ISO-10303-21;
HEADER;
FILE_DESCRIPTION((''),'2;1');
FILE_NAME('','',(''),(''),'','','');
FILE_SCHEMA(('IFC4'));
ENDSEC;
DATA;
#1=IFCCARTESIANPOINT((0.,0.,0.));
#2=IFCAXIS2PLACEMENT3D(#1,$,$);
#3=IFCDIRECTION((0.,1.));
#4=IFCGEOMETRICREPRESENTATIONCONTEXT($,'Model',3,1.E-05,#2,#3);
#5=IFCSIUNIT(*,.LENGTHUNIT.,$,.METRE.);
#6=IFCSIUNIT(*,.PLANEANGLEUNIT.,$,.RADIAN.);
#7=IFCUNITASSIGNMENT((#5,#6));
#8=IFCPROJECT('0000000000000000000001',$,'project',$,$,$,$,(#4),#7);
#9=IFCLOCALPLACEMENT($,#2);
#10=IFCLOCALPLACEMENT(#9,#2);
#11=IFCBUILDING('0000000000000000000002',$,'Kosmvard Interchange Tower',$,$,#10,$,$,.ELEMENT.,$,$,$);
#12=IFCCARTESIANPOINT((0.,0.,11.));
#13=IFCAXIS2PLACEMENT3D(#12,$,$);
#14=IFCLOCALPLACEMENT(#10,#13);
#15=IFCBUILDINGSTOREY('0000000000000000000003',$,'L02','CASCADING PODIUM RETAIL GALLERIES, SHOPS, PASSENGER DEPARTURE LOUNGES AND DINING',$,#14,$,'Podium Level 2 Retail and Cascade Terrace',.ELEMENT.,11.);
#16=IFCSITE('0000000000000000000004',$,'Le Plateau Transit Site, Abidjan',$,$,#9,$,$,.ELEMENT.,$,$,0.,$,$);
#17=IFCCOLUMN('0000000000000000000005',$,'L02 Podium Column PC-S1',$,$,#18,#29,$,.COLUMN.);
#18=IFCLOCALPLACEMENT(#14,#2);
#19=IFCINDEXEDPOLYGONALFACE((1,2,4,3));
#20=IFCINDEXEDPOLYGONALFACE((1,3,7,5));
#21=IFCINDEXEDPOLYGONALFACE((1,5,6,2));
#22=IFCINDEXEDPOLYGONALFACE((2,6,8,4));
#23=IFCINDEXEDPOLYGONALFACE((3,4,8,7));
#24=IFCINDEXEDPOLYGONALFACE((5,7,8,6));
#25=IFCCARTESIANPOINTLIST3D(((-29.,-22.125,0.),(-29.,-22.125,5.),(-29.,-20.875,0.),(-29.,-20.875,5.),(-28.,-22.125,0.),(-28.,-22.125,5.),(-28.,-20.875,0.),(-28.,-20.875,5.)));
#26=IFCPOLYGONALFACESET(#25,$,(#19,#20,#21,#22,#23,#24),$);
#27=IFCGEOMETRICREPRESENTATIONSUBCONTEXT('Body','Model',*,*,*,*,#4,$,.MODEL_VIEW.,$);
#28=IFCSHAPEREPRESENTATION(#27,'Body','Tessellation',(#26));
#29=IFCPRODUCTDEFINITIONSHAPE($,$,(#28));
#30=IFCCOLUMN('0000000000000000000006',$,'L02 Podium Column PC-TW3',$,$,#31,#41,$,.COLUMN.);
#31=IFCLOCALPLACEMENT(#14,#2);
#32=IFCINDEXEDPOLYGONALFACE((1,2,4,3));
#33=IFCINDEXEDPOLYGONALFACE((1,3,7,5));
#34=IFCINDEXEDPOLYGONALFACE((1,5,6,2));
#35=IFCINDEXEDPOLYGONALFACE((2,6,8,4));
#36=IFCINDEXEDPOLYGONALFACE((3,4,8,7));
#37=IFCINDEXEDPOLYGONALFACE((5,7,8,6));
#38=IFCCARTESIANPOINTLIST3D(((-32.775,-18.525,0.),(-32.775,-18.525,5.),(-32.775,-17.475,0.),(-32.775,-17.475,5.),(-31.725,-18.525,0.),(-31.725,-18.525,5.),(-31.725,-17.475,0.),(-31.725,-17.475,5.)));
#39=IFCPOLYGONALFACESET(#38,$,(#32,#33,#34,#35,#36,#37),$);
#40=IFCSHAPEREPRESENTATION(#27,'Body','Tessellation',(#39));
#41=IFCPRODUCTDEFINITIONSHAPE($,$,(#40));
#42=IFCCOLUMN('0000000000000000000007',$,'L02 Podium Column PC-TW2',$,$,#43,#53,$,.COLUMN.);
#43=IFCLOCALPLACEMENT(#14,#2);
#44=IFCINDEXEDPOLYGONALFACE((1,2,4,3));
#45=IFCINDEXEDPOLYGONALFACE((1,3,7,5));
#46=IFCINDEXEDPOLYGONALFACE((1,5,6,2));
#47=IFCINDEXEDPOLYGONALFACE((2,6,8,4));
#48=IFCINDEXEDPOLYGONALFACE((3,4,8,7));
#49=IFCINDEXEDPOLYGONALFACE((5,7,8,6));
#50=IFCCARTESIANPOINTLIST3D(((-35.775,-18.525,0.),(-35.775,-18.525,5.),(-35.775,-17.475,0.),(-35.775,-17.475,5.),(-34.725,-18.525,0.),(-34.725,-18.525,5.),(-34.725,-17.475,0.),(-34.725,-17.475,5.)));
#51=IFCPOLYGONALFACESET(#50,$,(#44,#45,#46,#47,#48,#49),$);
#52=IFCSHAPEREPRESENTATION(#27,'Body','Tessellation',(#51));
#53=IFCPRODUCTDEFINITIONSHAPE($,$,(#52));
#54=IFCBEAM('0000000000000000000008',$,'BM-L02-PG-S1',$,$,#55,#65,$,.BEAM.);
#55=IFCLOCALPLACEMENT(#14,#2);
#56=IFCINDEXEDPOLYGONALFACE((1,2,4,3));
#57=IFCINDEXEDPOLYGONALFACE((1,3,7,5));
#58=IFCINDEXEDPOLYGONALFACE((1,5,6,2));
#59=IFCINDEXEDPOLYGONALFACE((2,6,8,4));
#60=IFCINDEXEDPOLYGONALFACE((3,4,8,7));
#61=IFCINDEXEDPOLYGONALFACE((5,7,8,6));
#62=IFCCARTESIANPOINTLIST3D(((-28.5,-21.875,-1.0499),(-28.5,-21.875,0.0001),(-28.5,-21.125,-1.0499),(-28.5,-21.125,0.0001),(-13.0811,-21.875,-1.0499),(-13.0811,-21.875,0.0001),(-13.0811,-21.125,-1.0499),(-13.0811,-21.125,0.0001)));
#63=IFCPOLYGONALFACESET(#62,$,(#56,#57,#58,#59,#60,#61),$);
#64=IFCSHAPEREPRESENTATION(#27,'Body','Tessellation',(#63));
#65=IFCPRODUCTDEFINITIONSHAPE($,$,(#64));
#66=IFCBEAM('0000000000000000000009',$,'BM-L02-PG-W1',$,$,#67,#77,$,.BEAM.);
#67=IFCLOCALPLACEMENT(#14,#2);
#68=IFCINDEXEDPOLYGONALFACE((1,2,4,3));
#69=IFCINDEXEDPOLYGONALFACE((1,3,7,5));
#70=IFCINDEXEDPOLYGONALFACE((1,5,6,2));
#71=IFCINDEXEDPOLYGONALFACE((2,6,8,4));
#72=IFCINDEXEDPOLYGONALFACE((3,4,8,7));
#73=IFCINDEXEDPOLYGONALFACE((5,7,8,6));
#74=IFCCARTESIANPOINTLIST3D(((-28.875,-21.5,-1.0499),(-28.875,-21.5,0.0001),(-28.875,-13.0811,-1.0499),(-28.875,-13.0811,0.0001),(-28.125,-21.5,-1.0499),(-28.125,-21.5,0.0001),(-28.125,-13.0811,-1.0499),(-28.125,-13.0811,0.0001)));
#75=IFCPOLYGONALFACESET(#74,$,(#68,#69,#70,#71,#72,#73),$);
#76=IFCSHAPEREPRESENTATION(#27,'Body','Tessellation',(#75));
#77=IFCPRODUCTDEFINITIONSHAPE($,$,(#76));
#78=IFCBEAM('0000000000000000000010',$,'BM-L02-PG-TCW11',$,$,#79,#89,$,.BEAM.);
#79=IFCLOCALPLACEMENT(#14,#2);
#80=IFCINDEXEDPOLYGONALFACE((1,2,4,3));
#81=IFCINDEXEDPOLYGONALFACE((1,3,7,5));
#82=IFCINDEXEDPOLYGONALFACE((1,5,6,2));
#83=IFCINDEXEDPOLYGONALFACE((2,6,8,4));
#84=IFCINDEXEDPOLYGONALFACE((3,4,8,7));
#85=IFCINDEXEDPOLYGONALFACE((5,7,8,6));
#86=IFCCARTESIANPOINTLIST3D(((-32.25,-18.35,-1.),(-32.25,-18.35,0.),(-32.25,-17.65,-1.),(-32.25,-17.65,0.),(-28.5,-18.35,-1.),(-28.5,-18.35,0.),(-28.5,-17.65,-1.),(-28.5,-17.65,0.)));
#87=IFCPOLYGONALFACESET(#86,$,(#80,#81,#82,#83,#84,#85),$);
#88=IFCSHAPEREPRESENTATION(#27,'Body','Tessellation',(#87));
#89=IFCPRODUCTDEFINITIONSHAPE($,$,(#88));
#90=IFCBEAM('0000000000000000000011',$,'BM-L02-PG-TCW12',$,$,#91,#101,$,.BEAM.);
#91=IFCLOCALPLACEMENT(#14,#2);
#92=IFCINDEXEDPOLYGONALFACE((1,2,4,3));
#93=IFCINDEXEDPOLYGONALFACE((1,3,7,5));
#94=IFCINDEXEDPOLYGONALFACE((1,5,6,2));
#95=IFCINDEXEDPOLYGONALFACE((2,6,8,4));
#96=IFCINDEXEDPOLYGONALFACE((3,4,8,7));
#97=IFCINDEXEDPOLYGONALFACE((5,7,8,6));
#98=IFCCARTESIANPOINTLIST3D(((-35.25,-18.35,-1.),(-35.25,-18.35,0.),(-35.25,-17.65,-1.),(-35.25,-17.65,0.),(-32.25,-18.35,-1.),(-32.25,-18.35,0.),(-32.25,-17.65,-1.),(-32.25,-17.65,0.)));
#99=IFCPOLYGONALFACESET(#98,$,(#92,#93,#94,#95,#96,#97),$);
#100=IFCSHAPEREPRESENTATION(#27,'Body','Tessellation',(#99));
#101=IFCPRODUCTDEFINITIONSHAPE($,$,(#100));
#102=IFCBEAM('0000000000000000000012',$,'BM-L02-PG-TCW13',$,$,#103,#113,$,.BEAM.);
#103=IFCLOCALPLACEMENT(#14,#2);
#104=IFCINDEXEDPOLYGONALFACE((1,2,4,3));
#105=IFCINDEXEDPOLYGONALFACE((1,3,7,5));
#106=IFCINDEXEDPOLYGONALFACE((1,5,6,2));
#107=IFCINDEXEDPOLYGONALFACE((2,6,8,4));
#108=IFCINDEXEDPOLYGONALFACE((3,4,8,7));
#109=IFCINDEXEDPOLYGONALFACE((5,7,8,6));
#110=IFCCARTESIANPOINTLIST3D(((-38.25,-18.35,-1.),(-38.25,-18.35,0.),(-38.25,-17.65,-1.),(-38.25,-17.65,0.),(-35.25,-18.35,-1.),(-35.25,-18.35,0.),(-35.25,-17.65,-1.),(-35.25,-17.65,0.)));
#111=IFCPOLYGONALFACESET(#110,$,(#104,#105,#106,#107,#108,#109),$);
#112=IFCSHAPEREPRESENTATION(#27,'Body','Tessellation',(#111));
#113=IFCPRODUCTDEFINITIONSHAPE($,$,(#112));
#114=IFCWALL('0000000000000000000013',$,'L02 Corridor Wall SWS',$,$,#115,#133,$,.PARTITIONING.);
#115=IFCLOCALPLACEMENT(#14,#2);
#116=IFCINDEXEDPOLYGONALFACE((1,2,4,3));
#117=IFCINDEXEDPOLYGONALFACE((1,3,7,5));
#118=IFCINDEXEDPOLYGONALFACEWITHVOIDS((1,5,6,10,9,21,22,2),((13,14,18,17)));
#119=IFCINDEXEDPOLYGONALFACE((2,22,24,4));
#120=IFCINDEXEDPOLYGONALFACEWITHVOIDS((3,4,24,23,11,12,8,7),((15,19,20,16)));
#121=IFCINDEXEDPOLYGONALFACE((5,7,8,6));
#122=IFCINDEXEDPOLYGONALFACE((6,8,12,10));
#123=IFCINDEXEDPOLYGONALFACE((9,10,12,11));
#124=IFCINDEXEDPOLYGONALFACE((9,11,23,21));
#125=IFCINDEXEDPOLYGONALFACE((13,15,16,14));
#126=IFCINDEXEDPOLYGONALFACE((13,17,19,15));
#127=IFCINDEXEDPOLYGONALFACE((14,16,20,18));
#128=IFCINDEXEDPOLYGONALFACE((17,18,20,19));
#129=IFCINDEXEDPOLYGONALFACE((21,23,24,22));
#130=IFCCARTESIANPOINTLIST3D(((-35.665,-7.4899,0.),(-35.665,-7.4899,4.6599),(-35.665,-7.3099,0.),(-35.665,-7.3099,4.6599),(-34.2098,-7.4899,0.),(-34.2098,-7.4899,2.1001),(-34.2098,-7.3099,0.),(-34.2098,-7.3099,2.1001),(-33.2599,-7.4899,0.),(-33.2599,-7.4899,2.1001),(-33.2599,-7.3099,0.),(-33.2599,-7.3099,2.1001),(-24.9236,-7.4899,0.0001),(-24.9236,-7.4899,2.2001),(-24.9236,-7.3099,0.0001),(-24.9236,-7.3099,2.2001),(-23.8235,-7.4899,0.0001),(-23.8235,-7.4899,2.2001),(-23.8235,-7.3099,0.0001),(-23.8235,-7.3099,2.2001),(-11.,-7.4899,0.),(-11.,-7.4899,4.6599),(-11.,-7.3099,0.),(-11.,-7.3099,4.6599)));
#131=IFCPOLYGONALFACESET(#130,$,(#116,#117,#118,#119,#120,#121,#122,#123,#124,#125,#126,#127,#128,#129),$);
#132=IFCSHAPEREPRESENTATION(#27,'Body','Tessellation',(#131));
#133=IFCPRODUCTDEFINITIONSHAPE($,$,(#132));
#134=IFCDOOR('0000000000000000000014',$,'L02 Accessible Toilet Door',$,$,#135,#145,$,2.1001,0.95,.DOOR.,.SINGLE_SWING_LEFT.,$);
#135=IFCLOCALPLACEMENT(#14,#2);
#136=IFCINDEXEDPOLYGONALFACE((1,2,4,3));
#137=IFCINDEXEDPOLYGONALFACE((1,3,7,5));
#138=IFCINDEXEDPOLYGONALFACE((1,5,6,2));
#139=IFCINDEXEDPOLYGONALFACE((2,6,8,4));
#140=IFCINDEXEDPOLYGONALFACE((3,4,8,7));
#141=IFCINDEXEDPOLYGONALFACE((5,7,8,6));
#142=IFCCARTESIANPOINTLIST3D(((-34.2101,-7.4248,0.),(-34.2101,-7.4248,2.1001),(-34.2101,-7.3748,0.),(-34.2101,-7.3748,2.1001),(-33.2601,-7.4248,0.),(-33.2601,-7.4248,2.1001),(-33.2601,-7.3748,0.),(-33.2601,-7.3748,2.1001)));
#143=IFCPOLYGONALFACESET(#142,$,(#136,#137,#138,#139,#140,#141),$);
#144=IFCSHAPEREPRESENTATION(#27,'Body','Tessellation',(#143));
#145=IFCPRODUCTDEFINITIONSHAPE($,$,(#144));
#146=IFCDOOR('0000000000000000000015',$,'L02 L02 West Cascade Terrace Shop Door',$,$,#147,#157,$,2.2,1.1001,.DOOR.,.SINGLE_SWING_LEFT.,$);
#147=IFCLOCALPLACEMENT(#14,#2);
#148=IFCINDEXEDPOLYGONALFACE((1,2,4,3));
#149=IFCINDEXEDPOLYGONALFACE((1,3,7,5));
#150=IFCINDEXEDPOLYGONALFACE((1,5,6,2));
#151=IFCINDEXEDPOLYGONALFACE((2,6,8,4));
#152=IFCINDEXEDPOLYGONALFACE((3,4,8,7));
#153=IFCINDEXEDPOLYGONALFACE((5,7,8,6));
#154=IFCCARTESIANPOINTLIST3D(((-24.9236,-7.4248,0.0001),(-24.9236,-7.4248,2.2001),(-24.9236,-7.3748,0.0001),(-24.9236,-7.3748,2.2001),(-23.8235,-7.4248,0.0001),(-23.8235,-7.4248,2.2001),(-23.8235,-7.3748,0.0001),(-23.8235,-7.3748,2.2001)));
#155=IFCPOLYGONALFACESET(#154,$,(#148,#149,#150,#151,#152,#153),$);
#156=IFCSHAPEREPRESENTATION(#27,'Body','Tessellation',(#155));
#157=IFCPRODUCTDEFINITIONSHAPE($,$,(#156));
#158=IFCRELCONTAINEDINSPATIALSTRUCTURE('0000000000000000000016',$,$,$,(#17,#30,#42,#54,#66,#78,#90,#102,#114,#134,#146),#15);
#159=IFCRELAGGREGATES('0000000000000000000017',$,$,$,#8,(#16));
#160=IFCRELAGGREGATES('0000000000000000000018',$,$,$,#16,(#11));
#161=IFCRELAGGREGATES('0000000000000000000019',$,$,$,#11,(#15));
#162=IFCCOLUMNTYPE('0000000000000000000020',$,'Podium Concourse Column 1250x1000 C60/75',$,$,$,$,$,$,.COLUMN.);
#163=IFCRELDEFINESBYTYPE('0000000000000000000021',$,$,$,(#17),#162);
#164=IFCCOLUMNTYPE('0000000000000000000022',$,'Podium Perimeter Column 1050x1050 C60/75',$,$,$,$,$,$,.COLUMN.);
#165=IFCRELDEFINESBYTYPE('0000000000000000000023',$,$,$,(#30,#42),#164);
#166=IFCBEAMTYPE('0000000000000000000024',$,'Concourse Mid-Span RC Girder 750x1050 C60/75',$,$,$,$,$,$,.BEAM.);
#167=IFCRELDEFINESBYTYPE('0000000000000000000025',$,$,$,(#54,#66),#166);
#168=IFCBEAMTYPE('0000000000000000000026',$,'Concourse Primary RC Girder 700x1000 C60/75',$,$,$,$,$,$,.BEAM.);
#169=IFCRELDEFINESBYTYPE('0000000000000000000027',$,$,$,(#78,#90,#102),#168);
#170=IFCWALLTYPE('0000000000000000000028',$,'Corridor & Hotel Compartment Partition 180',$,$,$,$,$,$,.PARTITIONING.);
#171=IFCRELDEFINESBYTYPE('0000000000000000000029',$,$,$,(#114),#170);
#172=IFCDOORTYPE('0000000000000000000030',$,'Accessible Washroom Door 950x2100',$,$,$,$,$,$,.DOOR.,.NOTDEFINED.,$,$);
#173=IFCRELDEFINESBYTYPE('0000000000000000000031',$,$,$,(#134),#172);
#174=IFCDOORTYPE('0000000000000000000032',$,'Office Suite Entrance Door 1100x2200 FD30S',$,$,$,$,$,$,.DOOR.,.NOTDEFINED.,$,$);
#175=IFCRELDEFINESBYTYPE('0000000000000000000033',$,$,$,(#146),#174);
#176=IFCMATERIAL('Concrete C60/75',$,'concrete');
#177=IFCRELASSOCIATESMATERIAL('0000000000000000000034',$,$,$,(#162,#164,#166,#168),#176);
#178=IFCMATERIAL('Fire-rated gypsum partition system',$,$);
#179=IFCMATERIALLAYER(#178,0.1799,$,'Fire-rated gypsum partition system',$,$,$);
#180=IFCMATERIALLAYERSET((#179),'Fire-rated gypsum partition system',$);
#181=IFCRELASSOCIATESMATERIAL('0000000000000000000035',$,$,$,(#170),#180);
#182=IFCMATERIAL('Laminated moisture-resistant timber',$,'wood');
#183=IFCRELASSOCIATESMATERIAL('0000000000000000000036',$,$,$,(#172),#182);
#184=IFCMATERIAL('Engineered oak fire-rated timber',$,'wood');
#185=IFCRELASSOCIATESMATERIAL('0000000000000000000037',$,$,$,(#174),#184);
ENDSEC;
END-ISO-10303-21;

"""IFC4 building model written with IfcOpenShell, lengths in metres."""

from ifc_helpers import new_model, si_unit, direction, frame, frame_2d, origin, origin_2d, place, context, subcontext, project, spatial, rectangle, extrude, source, transform, mapped, material, layer, layer_set, material_profile, profile_set, type_object, element, fill, save


model = new_model("IFC4")

# Units and contexts
model_context = context("Model", 3, precision=1e-05, world=origin(), true_north=direction((0.0, 1.0)))
body_context = subcontext(model_context, "Body", "Model", "MODEL_VIEW")
ifc_project = project(units=[si_unit("LENGTHUNIT", "METRE"), si_unit("PLANEANGLEUNIT", "RADIAN")], contexts=[model_context])

# Site, building, storey
site_placement = place(None, origin())
site = spatial("IfcSite", under=ifc_project, at=site_placement, Name="Le Plateau Transit Site, Abidjan", CompositionType="ELEMENT", RefElevation=0.0)
building_placement = place(site_placement, origin())
building = spatial("IfcBuilding", under=site, at=building_placement, Name="Kosmvard Interchange Tower", CompositionType="ELEMENT")
storey_placement = place(building_placement, frame((0.0, 0.0, 11.0)))
storey = spatial("IfcBuildingStorey", under=building, at=storey_placement, Name="L02", Description="CASCADING PODIUM RETAIL GALLERIES, SHOPS, PASSENGER DEPARTURE LOUNGES AND DINING", LongName="Podium Level 2 Retail and Cascade Terrace", CompositionType="ELEMENT", Elevation=11.0)

# Columns
ifc_material_1 = material(Name="Concrete C60/75", Category="concrete")
ifc_material_profile_1 = material_profile(ifc_material_1, rectangle(XDim=1.0, YDim=1.25, at=origin_2d()), Name="PC 1250x1000")
ifc_profile_set_1 = profile_set([ifc_material_profile_1], Name="Concrete C60/75")
column_type_1 = type_object("IfcColumnType", Name="Podium Concourse Column 1250x1000 C60/75", PredefinedType="COLUMN", material=ifc_profile_set_1)
shared_shape_1 = source(origin(), body_context, "Body", "SweptSolid", [
    extrude(rectangle(XDim=1.0, YDim=1.25, at=origin_2d()), origin(), (0.0, 0.0, 1.0), 5.0),
])
column_placement = place(storey_placement, frame((-28.5, -21.5, 0.0), z_axis=(0.0, 0.0, 1.0), x_axis=(1.0, 0.0, 0.0)))
element("IfcColumn", 1, at=column_placement, inside=storey, type_object=column_type_1, Name="L02 Podium Column PC-S1", PredefinedType="COLUMN", context=body_context, shape_type="MappedRepresentation", body=[
    mapped(shared_shape_1, transform((0.0, 0.0, 0.0), scale=1.0)),
])
ifc_material_profile_2 = material_profile(ifc_material_1, rectangle(XDim=1.05, YDim=1.05, at=origin_2d()), Name="PC 1050x1050")
ifc_profile_set_2 = profile_set([ifc_material_profile_2], Name="Concrete C60/75")
column_type_2 = type_object("IfcColumnType", Name="Podium Perimeter Column 1050x1050 C60/75", PredefinedType="COLUMN", material=ifc_profile_set_2)
shared_shape_2 = source(origin(), body_context, "Body", "SweptSolid", [
    extrude(rectangle(XDim=1.05, YDim=1.05, at=origin_2d()), origin(), (0.0, 0.0, 1.0), 5.0),
])
for number, where, z_axis, x_axis, name in (
    (2, (-32.25, -18.0, 0.0), (0.0, 0.0, 1.0), (1.0, 0.0, 0.0), "L02 Podium Column PC-TW3"),
    (3, (-35.25, -18.0, 0.0), (0.0, 0.0, 1.0), (1.0, 0.0, 0.0), "L02 Podium Column PC-TW2"),
):
    element("IfcColumn", number, at=place(storey_placement, frame(where, z_axis=z_axis, x_axis=x_axis)), inside=storey, type_object=column_type_2, Name=name, PredefinedType="COLUMN", context=body_context, shape_type="MappedRepresentation", body=[
        mapped(shared_shape_2, transform((0.0, 0.0, 0.0), scale=1.0)),
    ])

# Beams
ifc_material_profile_3 = material_profile(ifc_material_1, rectangle(XDim=0.75, YDim=1.05, at=origin_2d()), Name="RCG 750x1050")
ifc_profile_set_3 = profile_set([ifc_material_profile_3], Name="Concrete C60/75")
beam_type_1 = type_object("IfcBeamType", Name="Concourse Mid-Span RC Girder 750x1050 C60/75", PredefinedType="BEAM", material=ifc_profile_set_3)
shared_shape_3 = source(origin(), body_context, "Body", "SweptSolid", [
    extrude(rectangle(XDim=0.75, YDim=1.05, at=origin_2d()), origin(), (0.0, 0.0, 1.0), 15.4189),
])
beam_1_placement = place(storey_placement, frame((-28.5, -21.5, -0.5249), z_axis=(1.0, 0.0, 0.0), x_axis=(0.0, 1.0, 0.0)))
element("IfcBeam", 4, at=beam_1_placement, inside=storey, type_object=beam_type_1, Name="BM-L02-PG-S1", PredefinedType="BEAM", context=body_context, shape_type="MappedRepresentation", body=[
    mapped(shared_shape_3, transform((0.0, 0.0, 0.0), scale=1.0)),
])
shared_shape_4 = source(origin(), body_context, "Body", "SweptSolid", [
    extrude(rectangle(XDim=0.75, YDim=1.05, at=origin_2d()), origin(), (0.0, 0.0, 1.0), 8.4189),
])
beam_2_placement = place(storey_placement, frame((-28.5, -21.5, -0.5249), z_axis=(0.0, 1.0, 0.0), x_axis=(-1.0, 0.0, 0.0)))
element("IfcBeam", 5, at=beam_2_placement, inside=storey, type_object=beam_type_1, Name="BM-L02-PG-W1", PredefinedType="BEAM", context=body_context, shape_type="MappedRepresentation", body=[
    mapped(shared_shape_4, transform((0.0, 0.0, 0.0), scale=1.0)),
])
ifc_material_profile_4 = material_profile(ifc_material_1, rectangle(XDim=0.7, YDim=1.0, at=origin_2d()), Name="RCG 700x1000")
ifc_profile_set_4 = profile_set([ifc_material_profile_4], Name="Concrete C60/75")
beam_type_2 = type_object("IfcBeamType", Name="Concourse Primary RC Girder 700x1000 C60/75", PredefinedType="BEAM", material=ifc_profile_set_4)
shared_shape_5 = source(origin(), body_context, "Body", "SweptSolid", [
    extrude(rectangle(XDim=0.7, YDim=1.0, at=origin_2d()), origin(), (0.0, 0.0, 1.0), 3.75),
])
beam_3_placement = place(storey_placement, frame((-28.5, -18.0, -0.5), z_axis=(-1.0, 0.0, 0.0), x_axis=(0.0, -1.0, 0.0)))
element("IfcBeam", 6, at=beam_3_placement, inside=storey, type_object=beam_type_2, Name="BM-L02-PG-TCW11", PredefinedType="BEAM", context=body_context, shape_type="MappedRepresentation", body=[
    mapped(shared_shape_5, transform((0.0, 0.0, 0.0), scale=1.0)),
])
shared_shape_6 = source(origin(), body_context, "Body", "SweptSolid", [
    extrude(rectangle(XDim=0.7, YDim=1.0, at=origin_2d()), origin(), (0.0, 0.0, 1.0), 3.0),
])
for number, where, z_axis, x_axis, name in (
    (7, (-32.25, -18.0, -0.5), (-1.0, 0.0, 0.0), (0.0, -1.0, 0.0), "BM-L02-PG-TCW12"),
    (8, (-35.25, -18.0, -0.5), (-1.0, 0.0, 0.0), (0.0, -1.0, 0.0), "BM-L02-PG-TCW13"),
):
    element("IfcBeam", number, at=place(storey_placement, frame(where, z_axis=z_axis, x_axis=x_axis)), inside=storey, type_object=beam_type_2, Name=name, PredefinedType="BEAM", context=body_context, shape_type="MappedRepresentation", body=[
        mapped(shared_shape_6, transform((0.0, 0.0, 0.0), scale=1.0)),
    ])

# Wall, openings, doors
ifc_material_2 = material(Name="Fire-rated gypsum partition system")
ifc_layer_1 = layer(ifc_material_2, 0.1799, Name="Fire-rated gypsum partition system")
ifc_layer_set_1 = layer_set([ifc_layer_1], Name="Fire-rated gypsum partition system")
wall_type_1 = type_object("IfcWallType", Name="Corridor & Hotel Compartment Partition 180", PredefinedType="PARTITIONING", material=ifc_layer_set_1)
wall_1_placement = place(storey_placement, frame((-35.665, -7.3999, 0.0), z_axis=(0.0, 0.0, 1.0), x_axis=(1.0, 0.0, 0.0)))
wall_1 = element("IfcWall", 9, at=wall_1_placement, inside=storey, type_object=wall_type_1, Name="L02 Corridor Wall SWS", PredefinedType="PARTITIONING", context=body_context, shape_type="SweptSolid", body=[
    extrude(rectangle(XDim=24.665, YDim=0.1799, at=frame_2d((12.3325, 0.0))), origin(), (0.0, 0.0, 1.0), 4.6599),
])
opening_1_placement = place(wall_1_placement, frame((1.4551, 0.0, 0.0)))
opening_1 = element("IfcOpeningElement", 10, at=opening_1_placement, cuts=wall_1, PredefinedType="OPENING", context=body_context, shape_type="SweptSolid", body=[
    extrude(rectangle(XDim=0.95, YDim=2.1001, at=frame_2d((0.4751, 1.05))), frame((0.0, 0.1001, 0.0), z_axis=(0.0, -1.0, 0.0), x_axis=(1.0, 0.0, 0.0)), (0.0, 0.0, 1.0), 0.2),
])
opening_2_placement = place(wall_1_placement, frame((10.7415, 0.0, 0.0)))
opening_2 = element("IfcOpeningElement", 11, at=opening_2_placement, cuts=wall_1, PredefinedType="OPENING", context=body_context, shape_type="SweptSolid", body=[
    extrude(rectangle(XDim=1.1001, YDim=2.2, at=frame_2d((0.55, 1.1001))), frame((0.0, 0.1001, 0.0), z_axis=(0.0, -1.0, 0.0), x_axis=(1.0, 0.0, 0.0)), (0.0, 0.0, 1.0), 0.2),
])
ifc_material_3 = material(Name="Laminated moisture-resistant timber", Category="wood")
door_type_1 = type_object("IfcDoorType", Name="Accessible Washroom Door 950x2100", OperationType="NOTDEFINED", PredefinedType="DOOR", material=ifc_material_3)
shared_shape_7 = source(origin(), body_context, "Body", "SweptSolid", [
    extrude(rectangle(XDim=0.95, YDim=2.1001, at=frame_2d((0.4751, 1.05))), frame((0.0, 0.0249, 0.0), z_axis=(0.0, -1.0, 0.0), x_axis=(1.0, 0.0, 0.0)), (0.0, 0.0, 1.0), 0.05),
])
door_1_placement = place(opening_1_placement, frame((0.95, 0.0, 0.0), z_axis=(0.0, 0.0, 1.0), x_axis=(-1.0, 0.0, 0.0)))
door_1 = element("IfcDoor", 12, at=door_1_placement, inside=storey, type_object=door_type_1, Name="L02 Accessible Toilet Door", OperationType="SINGLE_SWING_LEFT", OverallHeight=2.1001, OverallWidth=0.95, PredefinedType="DOOR", context=body_context, shape_type="MappedRepresentation", body=[
    mapped(shared_shape_7, transform((0.0, 0.0, 0.0), scale=1.0)),
])
fill(opening_1, door_1)
ifc_material_4 = material(Name="Engineered oak fire-rated timber", Category="wood")
door_type_2 = type_object("IfcDoorType", Name="Office Suite Entrance Door 1100x2200 FD30S", OperationType="NOTDEFINED", PredefinedType="DOOR", material=ifc_material_4)
shared_shape_8 = source(origin(), body_context, "Body", "SweptSolid", [
    extrude(rectangle(XDim=1.1001, YDim=2.2, at=frame_2d((0.55, 1.1001))), frame((0.0, 0.0249, 0.0), z_axis=(0.0, -1.0, 0.0), x_axis=(1.0, 0.0, 0.0)), (0.0, 0.0, 1.0), 0.05),
])
door_2_placement = place(opening_2_placement, frame((1.1001, 0.0, 0.0), z_axis=(0.0, 0.0, 1.0), x_axis=(-1.0, 0.0, 0.0)))
door_2 = element("IfcDoor", 13, at=door_2_placement, inside=storey, type_object=door_type_2, Name="L02 L02 West Cascade Terrace Shop Door", OperationType="SINGLE_SWING_LEFT", OverallHeight=2.2, OverallWidth=1.1001, PredefinedType="DOOR", context=body_context, shape_type="MappedRepresentation", body=[
    mapped(shared_shape_8, transform((0.0, 0.0, 0.0), scale=1.0)),
])
fill(opening_2, door_2)

save(model, "model.ifc")
